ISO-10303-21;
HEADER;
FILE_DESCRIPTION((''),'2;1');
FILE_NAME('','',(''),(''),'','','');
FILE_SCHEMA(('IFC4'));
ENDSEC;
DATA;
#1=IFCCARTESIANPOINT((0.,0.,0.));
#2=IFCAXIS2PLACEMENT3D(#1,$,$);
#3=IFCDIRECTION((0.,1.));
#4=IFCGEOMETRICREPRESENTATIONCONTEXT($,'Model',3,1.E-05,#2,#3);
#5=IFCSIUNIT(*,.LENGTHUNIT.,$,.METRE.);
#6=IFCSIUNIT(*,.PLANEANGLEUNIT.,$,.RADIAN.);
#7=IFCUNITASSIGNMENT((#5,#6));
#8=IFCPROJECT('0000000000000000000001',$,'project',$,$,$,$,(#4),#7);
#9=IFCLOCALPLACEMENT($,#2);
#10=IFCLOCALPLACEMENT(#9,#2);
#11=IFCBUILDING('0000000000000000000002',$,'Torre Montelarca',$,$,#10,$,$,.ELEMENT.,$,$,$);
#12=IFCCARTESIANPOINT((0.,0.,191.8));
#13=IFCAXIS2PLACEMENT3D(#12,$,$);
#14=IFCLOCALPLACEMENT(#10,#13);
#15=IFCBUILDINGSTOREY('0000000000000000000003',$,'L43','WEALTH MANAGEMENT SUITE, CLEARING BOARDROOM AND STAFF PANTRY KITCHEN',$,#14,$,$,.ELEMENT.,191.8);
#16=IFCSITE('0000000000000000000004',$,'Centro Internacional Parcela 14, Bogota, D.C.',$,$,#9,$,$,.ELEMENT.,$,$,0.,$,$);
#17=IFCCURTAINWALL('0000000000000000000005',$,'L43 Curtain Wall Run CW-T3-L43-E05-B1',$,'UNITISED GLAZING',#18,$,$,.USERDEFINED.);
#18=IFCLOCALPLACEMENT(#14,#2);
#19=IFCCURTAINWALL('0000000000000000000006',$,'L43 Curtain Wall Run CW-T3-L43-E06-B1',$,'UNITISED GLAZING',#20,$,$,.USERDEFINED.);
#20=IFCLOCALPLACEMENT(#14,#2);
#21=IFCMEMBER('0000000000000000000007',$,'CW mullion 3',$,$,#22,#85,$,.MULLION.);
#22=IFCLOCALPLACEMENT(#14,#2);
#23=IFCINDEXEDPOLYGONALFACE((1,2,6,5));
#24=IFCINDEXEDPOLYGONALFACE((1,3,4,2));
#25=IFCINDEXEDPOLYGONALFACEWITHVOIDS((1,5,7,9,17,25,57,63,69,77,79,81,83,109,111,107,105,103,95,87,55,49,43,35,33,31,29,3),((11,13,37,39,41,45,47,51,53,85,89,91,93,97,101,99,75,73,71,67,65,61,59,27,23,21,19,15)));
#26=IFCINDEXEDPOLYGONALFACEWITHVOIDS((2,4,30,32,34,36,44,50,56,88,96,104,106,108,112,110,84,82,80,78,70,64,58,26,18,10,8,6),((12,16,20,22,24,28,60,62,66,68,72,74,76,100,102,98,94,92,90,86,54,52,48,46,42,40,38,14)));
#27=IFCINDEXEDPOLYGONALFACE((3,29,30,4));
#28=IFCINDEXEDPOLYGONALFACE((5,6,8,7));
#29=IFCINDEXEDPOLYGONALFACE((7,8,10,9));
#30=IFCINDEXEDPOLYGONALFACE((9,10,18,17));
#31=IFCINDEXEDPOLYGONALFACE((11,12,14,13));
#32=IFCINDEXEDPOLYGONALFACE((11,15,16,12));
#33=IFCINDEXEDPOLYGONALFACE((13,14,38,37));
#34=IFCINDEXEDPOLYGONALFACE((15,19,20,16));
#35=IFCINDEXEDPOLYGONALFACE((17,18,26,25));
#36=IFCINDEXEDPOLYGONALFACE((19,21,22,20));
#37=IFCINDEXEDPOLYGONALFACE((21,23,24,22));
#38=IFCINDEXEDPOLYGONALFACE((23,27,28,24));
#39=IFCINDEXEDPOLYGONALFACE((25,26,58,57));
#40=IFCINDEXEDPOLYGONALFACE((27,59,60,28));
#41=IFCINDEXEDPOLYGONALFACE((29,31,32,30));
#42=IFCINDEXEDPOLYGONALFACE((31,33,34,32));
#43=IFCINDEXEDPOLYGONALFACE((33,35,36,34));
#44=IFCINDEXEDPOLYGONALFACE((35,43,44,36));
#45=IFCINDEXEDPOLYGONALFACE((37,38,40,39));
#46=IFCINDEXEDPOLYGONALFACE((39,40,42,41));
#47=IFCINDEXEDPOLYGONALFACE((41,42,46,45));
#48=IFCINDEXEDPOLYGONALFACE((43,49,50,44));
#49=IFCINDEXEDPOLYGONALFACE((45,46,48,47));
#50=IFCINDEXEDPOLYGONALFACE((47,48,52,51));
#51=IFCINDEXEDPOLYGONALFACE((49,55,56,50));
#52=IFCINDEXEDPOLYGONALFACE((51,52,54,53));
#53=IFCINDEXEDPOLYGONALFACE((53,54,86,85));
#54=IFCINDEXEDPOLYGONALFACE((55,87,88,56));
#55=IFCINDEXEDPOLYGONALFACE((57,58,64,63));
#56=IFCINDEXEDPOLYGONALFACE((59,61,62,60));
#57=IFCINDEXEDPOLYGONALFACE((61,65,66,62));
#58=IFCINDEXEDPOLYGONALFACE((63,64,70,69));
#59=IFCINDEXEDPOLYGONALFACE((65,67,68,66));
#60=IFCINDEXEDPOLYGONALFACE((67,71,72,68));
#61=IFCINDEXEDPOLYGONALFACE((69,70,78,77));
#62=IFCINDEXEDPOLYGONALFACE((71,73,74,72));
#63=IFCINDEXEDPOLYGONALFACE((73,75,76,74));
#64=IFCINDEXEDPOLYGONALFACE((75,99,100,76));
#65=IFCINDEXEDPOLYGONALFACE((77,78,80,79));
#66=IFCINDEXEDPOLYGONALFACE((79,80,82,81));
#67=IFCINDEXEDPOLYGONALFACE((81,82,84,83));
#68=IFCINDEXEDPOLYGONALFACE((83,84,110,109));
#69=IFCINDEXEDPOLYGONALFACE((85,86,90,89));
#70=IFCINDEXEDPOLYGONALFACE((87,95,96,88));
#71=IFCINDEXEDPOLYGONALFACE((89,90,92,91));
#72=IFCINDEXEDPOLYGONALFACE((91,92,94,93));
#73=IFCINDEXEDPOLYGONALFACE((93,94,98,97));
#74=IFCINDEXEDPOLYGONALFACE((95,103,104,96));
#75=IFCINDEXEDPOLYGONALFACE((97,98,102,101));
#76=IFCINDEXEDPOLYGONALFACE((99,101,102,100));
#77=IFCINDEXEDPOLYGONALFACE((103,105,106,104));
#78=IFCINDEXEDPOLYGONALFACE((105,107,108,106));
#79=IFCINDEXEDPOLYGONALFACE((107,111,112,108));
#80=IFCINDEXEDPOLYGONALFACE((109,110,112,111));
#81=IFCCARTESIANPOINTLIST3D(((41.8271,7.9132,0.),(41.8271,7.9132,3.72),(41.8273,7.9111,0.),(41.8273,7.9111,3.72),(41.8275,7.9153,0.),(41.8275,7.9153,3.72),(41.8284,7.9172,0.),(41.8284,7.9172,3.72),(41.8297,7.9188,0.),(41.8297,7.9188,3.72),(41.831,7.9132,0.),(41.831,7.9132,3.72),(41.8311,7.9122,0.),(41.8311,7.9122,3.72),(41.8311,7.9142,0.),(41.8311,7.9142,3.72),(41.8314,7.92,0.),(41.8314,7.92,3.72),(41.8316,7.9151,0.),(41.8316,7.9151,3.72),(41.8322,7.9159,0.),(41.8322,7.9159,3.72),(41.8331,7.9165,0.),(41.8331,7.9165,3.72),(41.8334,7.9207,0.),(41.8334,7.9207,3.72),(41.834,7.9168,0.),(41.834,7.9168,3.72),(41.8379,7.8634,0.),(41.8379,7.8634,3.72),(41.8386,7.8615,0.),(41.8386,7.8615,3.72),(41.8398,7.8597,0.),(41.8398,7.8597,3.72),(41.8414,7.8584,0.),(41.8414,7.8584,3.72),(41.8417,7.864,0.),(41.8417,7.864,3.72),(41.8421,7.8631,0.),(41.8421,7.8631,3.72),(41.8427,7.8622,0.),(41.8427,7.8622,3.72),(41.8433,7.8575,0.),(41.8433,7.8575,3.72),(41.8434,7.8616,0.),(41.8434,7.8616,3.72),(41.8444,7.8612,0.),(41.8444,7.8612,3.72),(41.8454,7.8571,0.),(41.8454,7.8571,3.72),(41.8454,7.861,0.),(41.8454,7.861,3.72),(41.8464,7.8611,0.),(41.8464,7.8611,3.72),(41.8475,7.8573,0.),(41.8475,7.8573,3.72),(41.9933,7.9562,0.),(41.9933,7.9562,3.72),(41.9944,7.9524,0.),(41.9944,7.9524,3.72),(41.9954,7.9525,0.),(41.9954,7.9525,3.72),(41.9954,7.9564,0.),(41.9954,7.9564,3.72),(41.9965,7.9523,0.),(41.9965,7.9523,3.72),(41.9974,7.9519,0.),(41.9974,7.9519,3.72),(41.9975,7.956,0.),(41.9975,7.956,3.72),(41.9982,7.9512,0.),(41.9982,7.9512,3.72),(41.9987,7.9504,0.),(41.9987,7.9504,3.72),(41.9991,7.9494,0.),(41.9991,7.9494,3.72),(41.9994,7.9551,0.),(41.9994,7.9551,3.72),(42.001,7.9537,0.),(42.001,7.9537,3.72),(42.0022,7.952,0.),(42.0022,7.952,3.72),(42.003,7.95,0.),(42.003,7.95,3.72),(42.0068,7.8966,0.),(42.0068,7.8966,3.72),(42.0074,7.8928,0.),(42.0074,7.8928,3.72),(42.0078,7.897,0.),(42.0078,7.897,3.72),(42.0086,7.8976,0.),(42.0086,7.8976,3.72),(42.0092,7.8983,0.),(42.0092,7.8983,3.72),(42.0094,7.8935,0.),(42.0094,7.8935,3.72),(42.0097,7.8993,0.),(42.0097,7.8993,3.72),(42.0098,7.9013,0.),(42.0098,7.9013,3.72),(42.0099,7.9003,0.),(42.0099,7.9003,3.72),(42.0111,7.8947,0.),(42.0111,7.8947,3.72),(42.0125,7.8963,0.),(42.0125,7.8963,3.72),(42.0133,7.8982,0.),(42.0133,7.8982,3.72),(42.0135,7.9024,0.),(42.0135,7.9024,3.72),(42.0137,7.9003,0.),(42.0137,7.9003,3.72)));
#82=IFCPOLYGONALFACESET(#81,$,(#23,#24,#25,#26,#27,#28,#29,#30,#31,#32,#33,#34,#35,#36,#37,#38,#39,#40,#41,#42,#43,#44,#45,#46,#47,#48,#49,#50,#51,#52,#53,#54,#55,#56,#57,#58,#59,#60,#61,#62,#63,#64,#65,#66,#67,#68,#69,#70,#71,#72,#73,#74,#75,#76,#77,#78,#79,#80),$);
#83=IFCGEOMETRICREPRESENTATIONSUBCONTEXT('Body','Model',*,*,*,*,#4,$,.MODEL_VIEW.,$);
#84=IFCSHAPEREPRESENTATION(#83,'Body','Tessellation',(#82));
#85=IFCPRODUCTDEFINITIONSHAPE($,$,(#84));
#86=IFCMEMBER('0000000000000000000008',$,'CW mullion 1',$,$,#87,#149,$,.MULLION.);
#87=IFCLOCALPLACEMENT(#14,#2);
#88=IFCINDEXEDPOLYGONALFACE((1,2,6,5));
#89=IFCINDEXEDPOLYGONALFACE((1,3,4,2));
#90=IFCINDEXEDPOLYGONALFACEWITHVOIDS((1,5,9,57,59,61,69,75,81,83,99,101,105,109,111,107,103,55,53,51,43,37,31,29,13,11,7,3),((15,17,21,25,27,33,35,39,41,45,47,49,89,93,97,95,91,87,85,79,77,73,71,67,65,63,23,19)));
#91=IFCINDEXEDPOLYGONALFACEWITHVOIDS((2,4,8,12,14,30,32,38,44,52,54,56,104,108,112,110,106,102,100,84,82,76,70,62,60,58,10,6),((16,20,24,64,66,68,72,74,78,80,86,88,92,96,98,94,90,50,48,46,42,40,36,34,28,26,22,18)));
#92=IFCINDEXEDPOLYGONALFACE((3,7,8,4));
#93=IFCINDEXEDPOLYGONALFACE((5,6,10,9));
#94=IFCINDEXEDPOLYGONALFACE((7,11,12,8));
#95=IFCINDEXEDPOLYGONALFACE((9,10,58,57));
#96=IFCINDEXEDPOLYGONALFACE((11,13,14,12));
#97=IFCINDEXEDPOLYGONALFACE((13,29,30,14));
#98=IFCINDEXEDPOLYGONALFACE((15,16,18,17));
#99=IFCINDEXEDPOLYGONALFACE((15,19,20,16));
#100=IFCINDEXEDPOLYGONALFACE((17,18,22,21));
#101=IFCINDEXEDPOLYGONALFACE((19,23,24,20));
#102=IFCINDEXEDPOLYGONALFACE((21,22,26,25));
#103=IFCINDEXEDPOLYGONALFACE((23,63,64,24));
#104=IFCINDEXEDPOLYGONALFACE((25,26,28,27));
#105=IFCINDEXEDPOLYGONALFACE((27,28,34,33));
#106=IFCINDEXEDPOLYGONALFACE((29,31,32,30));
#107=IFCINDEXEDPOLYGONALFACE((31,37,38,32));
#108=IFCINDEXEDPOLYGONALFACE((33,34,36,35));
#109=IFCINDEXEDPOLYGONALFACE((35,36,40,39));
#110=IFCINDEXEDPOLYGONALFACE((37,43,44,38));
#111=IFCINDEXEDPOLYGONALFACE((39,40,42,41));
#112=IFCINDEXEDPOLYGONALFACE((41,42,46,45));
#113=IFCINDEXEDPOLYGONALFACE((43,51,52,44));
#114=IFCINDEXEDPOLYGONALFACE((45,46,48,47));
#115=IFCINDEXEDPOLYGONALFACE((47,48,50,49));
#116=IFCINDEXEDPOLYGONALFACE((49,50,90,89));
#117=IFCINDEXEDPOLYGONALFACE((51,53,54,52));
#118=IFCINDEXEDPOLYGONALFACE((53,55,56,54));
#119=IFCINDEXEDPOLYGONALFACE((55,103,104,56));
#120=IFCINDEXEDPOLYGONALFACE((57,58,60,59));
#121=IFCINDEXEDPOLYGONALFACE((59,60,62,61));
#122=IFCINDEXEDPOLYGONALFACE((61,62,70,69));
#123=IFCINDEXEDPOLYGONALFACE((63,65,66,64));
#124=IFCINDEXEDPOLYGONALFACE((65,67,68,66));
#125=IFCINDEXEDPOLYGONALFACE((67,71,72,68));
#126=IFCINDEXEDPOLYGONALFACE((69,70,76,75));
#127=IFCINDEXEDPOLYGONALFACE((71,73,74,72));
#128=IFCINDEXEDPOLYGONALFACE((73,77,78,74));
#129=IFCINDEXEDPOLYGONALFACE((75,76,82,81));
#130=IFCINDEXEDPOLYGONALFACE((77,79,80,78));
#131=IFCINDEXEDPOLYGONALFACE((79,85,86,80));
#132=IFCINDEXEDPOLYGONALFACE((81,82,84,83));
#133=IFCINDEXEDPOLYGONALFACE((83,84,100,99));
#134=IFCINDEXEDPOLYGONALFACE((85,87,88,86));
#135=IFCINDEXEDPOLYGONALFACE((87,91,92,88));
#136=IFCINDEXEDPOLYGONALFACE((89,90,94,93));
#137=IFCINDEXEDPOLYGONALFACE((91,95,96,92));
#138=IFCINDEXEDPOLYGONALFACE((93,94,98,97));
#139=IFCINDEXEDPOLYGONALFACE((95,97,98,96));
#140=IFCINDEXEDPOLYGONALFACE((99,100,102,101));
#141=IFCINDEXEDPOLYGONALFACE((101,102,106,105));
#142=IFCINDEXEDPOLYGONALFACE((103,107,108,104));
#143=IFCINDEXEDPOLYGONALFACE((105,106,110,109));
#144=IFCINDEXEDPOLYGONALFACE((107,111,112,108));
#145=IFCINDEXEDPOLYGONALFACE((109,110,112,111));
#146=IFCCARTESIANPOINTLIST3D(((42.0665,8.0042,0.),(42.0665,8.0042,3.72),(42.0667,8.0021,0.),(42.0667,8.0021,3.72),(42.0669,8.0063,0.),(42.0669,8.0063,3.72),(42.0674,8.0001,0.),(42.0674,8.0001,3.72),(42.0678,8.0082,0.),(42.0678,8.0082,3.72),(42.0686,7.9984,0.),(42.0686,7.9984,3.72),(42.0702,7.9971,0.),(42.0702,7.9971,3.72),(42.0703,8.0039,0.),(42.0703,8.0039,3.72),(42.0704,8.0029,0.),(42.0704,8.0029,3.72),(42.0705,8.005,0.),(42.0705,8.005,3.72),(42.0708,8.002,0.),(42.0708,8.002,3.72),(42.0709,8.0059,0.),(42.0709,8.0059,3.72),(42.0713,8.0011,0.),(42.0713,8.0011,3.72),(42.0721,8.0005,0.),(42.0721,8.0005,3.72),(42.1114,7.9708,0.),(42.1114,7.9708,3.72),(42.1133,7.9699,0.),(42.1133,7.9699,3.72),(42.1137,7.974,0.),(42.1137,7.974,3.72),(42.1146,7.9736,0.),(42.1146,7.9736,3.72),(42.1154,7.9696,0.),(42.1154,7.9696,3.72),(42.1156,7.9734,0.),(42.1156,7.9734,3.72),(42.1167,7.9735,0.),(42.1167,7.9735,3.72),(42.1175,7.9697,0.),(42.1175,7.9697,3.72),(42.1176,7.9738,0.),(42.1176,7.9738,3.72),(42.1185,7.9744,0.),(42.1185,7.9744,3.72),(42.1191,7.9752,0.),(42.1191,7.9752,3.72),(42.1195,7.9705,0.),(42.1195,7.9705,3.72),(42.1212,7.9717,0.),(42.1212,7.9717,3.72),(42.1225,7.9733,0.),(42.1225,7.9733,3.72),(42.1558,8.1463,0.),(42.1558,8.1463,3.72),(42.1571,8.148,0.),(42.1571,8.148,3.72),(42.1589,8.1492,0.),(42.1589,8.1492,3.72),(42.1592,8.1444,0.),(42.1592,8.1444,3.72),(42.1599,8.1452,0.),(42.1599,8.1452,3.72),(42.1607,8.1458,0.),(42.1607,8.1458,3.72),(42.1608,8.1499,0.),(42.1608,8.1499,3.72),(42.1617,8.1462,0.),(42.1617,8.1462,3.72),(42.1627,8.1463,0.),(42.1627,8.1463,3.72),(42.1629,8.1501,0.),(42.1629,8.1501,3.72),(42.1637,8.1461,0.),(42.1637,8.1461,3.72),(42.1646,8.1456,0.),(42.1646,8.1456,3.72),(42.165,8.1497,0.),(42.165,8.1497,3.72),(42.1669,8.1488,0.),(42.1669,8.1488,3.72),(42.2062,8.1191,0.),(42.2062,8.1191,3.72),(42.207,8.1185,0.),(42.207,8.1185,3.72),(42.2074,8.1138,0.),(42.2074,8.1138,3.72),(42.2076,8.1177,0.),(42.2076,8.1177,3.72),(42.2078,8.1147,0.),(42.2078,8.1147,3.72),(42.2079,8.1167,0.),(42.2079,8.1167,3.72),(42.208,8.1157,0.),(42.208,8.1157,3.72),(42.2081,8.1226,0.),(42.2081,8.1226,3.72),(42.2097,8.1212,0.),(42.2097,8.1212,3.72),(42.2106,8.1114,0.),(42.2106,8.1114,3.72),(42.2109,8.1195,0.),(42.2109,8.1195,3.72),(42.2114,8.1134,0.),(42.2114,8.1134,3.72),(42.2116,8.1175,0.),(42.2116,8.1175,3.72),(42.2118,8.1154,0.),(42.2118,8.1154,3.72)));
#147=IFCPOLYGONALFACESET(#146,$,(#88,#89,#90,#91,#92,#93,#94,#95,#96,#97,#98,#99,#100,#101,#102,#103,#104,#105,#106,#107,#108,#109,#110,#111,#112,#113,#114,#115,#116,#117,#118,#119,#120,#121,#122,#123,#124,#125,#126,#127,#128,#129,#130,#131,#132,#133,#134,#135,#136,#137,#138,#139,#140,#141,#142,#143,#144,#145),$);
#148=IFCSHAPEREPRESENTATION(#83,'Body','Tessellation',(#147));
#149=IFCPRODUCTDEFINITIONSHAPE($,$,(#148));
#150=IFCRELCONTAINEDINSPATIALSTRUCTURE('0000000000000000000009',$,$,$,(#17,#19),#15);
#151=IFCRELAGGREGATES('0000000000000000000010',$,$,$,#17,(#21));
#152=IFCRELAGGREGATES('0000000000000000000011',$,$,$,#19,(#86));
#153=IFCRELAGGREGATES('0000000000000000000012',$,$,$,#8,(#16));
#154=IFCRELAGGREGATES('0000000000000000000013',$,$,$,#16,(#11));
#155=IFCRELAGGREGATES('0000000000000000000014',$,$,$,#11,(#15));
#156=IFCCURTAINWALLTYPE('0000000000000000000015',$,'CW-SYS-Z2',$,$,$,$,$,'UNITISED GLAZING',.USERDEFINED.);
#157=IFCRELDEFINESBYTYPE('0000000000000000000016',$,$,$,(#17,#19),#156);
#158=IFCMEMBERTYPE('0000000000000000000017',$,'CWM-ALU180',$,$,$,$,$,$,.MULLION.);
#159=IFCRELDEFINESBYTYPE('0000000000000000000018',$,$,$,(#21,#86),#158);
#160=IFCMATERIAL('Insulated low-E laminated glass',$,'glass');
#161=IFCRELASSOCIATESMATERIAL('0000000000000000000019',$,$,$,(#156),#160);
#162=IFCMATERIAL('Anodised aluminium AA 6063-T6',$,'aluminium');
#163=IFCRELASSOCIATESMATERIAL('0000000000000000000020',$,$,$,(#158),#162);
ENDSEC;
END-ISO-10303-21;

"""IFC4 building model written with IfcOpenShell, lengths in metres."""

from ifc_helpers import new_model, si_unit, direction, frame, origin, origin_2d, place, context, subcontext, project, spatial, hollow_rectangle, extrude, source, transform, mapped, material, material_profile, profile_set, type_object, element, aggregate, save


model = new_model("IFC4")

# Units and contexts
model_context = context("Model", 3, precision=1e-05, world=origin(), true_north=direction((0.0, 1.0)))
body_context = subcontext(model_context, "Body", "Model", "MODEL_VIEW")
ifc_project = project(units=[si_unit("LENGTHUNIT", "METRE"), si_unit("PLANEANGLEUNIT", "RADIAN")], contexts=[model_context])

# Site, building, storey
site_placement = place(None, origin())
site = spatial("IfcSite", under=ifc_project, at=site_placement, Name="Centro Internacional Parcela 14, Bogota, D.C.", CompositionType="ELEMENT", RefElevation=0.0)
building_placement = place(site_placement, origin())
building = spatial("IfcBuilding", under=site, at=building_placement, Name="Torre Montelarca", CompositionType="ELEMENT")
storey_placement = place(building_placement, frame((0.0, 0.0, 191.8)))
storey = spatial("IfcBuildingStorey", under=building, at=storey_placement, Name="L43", Description="WEALTH MANAGEMENT SUITE, CLEARING BOARDROOM AND STAFF PANTRY KITCHEN", CompositionType="ELEMENT", Elevation=191.8)

# Curtain wall
ifc_material_1 = material(Name="Insulated low-E laminated glass", Category="glass")
curtain_wall_type = type_object("IfcCurtainWallType", Name="CW-SYS-Z2", ElementType="UNITISED GLAZING", PredefinedType="USERDEFINED", material=ifc_material_1)
curtain_wall_1_placement = place(storey_placement, origin())
curtain_wall_1 = element("IfcCurtainWall", 1, at=curtain_wall_1_placement, inside=storey, type_object=curtain_wall_type, Name="L43 Curtain Wall Run CW-T3-L43-E05-B1", ObjectType="UNITISED GLAZING", PredefinedType="USERDEFINED")
ifc_material_2 = material(Name="Anodised aluminium AA 6063-T6", Category="aluminium")

# Curtain wall
curtain_wall_2_placement = place(storey_placement, origin())
curtain_wall_2 = element("IfcCurtainWall", 2, at=curtain_wall_2_placement, inside=storey, type_object=curtain_wall_type, Name="L43 Curtain Wall Run CW-T3-L43-E06-B1", ObjectType="UNITISED GLAZING", PredefinedType="USERDEFINED")

# Members
ifc_material_profile_1 = material_profile(ifc_material_2, hollow_rectangle(XDim=0.0649, YDim=0.1799, WallThickness=0.0039, InnerFilletRadius=0.0039, OuterFilletRadius=0.0081, at=origin_2d()), Name="ALU65X180X4", Category="aluminium")
ifc_profile_set_1 = profile_set([ifc_material_profile_1], Name="Anodised aluminium AA 6063-T6")
member_type_1 = type_object("IfcMemberType", Name="CWM-ALU180", PredefinedType="MULLION", material=ifc_profile_set_1)
shared_shape_1 = source(origin(), body_context, "Body", "SweptSolid", [
    extrude(hollow_rectangle(XDim=0.0649, YDim=0.1799, WallThickness=0.0039, InnerFilletRadius=0.0039, OuterFilletRadius=0.0081, at=origin_2d()), origin(), (0.0, 0.0, 1.0), 3.72),
])
member_1_placement = place(storey_placement, frame((41.9204, 7.9067, 0.0), z_axis=(0.0, 0.0, 1.0), x_axis=(-0.216464, 0.976291, 0.0)))
member_1 = element("IfcMember", 3, at=member_1_placement, type_object=member_type_1, Name="CW mullion 3", PredefinedType="MULLION", context=body_context, shape_type="MappedRepresentation", body=[
    mapped(shared_shape_1, transform((0.0, 0.0, 0.0), scale=1.0)),
])
member_2_placement = place(storey_placement, frame((42.1392, 8.0598, 0.0), z_axis=(0.0, 0.0, 1.0), x_axis=(-0.843389, 0.537303, 0.0)))
member_2 = element("IfcMember", 4, at=member_2_placement, type_object=member_type_1, Name="CW mullion 1", PredefinedType="MULLION", context=body_context, shape_type="MappedRepresentation", body=[
    mapped(shared_shape_1, transform((0.0, 0.0, 0.0), scale=1.0)),
])

aggregate(curtain_wall_1, [member_1])
aggregate(curtain_wall_2, [member_2])

save(model, "model.ifc")
